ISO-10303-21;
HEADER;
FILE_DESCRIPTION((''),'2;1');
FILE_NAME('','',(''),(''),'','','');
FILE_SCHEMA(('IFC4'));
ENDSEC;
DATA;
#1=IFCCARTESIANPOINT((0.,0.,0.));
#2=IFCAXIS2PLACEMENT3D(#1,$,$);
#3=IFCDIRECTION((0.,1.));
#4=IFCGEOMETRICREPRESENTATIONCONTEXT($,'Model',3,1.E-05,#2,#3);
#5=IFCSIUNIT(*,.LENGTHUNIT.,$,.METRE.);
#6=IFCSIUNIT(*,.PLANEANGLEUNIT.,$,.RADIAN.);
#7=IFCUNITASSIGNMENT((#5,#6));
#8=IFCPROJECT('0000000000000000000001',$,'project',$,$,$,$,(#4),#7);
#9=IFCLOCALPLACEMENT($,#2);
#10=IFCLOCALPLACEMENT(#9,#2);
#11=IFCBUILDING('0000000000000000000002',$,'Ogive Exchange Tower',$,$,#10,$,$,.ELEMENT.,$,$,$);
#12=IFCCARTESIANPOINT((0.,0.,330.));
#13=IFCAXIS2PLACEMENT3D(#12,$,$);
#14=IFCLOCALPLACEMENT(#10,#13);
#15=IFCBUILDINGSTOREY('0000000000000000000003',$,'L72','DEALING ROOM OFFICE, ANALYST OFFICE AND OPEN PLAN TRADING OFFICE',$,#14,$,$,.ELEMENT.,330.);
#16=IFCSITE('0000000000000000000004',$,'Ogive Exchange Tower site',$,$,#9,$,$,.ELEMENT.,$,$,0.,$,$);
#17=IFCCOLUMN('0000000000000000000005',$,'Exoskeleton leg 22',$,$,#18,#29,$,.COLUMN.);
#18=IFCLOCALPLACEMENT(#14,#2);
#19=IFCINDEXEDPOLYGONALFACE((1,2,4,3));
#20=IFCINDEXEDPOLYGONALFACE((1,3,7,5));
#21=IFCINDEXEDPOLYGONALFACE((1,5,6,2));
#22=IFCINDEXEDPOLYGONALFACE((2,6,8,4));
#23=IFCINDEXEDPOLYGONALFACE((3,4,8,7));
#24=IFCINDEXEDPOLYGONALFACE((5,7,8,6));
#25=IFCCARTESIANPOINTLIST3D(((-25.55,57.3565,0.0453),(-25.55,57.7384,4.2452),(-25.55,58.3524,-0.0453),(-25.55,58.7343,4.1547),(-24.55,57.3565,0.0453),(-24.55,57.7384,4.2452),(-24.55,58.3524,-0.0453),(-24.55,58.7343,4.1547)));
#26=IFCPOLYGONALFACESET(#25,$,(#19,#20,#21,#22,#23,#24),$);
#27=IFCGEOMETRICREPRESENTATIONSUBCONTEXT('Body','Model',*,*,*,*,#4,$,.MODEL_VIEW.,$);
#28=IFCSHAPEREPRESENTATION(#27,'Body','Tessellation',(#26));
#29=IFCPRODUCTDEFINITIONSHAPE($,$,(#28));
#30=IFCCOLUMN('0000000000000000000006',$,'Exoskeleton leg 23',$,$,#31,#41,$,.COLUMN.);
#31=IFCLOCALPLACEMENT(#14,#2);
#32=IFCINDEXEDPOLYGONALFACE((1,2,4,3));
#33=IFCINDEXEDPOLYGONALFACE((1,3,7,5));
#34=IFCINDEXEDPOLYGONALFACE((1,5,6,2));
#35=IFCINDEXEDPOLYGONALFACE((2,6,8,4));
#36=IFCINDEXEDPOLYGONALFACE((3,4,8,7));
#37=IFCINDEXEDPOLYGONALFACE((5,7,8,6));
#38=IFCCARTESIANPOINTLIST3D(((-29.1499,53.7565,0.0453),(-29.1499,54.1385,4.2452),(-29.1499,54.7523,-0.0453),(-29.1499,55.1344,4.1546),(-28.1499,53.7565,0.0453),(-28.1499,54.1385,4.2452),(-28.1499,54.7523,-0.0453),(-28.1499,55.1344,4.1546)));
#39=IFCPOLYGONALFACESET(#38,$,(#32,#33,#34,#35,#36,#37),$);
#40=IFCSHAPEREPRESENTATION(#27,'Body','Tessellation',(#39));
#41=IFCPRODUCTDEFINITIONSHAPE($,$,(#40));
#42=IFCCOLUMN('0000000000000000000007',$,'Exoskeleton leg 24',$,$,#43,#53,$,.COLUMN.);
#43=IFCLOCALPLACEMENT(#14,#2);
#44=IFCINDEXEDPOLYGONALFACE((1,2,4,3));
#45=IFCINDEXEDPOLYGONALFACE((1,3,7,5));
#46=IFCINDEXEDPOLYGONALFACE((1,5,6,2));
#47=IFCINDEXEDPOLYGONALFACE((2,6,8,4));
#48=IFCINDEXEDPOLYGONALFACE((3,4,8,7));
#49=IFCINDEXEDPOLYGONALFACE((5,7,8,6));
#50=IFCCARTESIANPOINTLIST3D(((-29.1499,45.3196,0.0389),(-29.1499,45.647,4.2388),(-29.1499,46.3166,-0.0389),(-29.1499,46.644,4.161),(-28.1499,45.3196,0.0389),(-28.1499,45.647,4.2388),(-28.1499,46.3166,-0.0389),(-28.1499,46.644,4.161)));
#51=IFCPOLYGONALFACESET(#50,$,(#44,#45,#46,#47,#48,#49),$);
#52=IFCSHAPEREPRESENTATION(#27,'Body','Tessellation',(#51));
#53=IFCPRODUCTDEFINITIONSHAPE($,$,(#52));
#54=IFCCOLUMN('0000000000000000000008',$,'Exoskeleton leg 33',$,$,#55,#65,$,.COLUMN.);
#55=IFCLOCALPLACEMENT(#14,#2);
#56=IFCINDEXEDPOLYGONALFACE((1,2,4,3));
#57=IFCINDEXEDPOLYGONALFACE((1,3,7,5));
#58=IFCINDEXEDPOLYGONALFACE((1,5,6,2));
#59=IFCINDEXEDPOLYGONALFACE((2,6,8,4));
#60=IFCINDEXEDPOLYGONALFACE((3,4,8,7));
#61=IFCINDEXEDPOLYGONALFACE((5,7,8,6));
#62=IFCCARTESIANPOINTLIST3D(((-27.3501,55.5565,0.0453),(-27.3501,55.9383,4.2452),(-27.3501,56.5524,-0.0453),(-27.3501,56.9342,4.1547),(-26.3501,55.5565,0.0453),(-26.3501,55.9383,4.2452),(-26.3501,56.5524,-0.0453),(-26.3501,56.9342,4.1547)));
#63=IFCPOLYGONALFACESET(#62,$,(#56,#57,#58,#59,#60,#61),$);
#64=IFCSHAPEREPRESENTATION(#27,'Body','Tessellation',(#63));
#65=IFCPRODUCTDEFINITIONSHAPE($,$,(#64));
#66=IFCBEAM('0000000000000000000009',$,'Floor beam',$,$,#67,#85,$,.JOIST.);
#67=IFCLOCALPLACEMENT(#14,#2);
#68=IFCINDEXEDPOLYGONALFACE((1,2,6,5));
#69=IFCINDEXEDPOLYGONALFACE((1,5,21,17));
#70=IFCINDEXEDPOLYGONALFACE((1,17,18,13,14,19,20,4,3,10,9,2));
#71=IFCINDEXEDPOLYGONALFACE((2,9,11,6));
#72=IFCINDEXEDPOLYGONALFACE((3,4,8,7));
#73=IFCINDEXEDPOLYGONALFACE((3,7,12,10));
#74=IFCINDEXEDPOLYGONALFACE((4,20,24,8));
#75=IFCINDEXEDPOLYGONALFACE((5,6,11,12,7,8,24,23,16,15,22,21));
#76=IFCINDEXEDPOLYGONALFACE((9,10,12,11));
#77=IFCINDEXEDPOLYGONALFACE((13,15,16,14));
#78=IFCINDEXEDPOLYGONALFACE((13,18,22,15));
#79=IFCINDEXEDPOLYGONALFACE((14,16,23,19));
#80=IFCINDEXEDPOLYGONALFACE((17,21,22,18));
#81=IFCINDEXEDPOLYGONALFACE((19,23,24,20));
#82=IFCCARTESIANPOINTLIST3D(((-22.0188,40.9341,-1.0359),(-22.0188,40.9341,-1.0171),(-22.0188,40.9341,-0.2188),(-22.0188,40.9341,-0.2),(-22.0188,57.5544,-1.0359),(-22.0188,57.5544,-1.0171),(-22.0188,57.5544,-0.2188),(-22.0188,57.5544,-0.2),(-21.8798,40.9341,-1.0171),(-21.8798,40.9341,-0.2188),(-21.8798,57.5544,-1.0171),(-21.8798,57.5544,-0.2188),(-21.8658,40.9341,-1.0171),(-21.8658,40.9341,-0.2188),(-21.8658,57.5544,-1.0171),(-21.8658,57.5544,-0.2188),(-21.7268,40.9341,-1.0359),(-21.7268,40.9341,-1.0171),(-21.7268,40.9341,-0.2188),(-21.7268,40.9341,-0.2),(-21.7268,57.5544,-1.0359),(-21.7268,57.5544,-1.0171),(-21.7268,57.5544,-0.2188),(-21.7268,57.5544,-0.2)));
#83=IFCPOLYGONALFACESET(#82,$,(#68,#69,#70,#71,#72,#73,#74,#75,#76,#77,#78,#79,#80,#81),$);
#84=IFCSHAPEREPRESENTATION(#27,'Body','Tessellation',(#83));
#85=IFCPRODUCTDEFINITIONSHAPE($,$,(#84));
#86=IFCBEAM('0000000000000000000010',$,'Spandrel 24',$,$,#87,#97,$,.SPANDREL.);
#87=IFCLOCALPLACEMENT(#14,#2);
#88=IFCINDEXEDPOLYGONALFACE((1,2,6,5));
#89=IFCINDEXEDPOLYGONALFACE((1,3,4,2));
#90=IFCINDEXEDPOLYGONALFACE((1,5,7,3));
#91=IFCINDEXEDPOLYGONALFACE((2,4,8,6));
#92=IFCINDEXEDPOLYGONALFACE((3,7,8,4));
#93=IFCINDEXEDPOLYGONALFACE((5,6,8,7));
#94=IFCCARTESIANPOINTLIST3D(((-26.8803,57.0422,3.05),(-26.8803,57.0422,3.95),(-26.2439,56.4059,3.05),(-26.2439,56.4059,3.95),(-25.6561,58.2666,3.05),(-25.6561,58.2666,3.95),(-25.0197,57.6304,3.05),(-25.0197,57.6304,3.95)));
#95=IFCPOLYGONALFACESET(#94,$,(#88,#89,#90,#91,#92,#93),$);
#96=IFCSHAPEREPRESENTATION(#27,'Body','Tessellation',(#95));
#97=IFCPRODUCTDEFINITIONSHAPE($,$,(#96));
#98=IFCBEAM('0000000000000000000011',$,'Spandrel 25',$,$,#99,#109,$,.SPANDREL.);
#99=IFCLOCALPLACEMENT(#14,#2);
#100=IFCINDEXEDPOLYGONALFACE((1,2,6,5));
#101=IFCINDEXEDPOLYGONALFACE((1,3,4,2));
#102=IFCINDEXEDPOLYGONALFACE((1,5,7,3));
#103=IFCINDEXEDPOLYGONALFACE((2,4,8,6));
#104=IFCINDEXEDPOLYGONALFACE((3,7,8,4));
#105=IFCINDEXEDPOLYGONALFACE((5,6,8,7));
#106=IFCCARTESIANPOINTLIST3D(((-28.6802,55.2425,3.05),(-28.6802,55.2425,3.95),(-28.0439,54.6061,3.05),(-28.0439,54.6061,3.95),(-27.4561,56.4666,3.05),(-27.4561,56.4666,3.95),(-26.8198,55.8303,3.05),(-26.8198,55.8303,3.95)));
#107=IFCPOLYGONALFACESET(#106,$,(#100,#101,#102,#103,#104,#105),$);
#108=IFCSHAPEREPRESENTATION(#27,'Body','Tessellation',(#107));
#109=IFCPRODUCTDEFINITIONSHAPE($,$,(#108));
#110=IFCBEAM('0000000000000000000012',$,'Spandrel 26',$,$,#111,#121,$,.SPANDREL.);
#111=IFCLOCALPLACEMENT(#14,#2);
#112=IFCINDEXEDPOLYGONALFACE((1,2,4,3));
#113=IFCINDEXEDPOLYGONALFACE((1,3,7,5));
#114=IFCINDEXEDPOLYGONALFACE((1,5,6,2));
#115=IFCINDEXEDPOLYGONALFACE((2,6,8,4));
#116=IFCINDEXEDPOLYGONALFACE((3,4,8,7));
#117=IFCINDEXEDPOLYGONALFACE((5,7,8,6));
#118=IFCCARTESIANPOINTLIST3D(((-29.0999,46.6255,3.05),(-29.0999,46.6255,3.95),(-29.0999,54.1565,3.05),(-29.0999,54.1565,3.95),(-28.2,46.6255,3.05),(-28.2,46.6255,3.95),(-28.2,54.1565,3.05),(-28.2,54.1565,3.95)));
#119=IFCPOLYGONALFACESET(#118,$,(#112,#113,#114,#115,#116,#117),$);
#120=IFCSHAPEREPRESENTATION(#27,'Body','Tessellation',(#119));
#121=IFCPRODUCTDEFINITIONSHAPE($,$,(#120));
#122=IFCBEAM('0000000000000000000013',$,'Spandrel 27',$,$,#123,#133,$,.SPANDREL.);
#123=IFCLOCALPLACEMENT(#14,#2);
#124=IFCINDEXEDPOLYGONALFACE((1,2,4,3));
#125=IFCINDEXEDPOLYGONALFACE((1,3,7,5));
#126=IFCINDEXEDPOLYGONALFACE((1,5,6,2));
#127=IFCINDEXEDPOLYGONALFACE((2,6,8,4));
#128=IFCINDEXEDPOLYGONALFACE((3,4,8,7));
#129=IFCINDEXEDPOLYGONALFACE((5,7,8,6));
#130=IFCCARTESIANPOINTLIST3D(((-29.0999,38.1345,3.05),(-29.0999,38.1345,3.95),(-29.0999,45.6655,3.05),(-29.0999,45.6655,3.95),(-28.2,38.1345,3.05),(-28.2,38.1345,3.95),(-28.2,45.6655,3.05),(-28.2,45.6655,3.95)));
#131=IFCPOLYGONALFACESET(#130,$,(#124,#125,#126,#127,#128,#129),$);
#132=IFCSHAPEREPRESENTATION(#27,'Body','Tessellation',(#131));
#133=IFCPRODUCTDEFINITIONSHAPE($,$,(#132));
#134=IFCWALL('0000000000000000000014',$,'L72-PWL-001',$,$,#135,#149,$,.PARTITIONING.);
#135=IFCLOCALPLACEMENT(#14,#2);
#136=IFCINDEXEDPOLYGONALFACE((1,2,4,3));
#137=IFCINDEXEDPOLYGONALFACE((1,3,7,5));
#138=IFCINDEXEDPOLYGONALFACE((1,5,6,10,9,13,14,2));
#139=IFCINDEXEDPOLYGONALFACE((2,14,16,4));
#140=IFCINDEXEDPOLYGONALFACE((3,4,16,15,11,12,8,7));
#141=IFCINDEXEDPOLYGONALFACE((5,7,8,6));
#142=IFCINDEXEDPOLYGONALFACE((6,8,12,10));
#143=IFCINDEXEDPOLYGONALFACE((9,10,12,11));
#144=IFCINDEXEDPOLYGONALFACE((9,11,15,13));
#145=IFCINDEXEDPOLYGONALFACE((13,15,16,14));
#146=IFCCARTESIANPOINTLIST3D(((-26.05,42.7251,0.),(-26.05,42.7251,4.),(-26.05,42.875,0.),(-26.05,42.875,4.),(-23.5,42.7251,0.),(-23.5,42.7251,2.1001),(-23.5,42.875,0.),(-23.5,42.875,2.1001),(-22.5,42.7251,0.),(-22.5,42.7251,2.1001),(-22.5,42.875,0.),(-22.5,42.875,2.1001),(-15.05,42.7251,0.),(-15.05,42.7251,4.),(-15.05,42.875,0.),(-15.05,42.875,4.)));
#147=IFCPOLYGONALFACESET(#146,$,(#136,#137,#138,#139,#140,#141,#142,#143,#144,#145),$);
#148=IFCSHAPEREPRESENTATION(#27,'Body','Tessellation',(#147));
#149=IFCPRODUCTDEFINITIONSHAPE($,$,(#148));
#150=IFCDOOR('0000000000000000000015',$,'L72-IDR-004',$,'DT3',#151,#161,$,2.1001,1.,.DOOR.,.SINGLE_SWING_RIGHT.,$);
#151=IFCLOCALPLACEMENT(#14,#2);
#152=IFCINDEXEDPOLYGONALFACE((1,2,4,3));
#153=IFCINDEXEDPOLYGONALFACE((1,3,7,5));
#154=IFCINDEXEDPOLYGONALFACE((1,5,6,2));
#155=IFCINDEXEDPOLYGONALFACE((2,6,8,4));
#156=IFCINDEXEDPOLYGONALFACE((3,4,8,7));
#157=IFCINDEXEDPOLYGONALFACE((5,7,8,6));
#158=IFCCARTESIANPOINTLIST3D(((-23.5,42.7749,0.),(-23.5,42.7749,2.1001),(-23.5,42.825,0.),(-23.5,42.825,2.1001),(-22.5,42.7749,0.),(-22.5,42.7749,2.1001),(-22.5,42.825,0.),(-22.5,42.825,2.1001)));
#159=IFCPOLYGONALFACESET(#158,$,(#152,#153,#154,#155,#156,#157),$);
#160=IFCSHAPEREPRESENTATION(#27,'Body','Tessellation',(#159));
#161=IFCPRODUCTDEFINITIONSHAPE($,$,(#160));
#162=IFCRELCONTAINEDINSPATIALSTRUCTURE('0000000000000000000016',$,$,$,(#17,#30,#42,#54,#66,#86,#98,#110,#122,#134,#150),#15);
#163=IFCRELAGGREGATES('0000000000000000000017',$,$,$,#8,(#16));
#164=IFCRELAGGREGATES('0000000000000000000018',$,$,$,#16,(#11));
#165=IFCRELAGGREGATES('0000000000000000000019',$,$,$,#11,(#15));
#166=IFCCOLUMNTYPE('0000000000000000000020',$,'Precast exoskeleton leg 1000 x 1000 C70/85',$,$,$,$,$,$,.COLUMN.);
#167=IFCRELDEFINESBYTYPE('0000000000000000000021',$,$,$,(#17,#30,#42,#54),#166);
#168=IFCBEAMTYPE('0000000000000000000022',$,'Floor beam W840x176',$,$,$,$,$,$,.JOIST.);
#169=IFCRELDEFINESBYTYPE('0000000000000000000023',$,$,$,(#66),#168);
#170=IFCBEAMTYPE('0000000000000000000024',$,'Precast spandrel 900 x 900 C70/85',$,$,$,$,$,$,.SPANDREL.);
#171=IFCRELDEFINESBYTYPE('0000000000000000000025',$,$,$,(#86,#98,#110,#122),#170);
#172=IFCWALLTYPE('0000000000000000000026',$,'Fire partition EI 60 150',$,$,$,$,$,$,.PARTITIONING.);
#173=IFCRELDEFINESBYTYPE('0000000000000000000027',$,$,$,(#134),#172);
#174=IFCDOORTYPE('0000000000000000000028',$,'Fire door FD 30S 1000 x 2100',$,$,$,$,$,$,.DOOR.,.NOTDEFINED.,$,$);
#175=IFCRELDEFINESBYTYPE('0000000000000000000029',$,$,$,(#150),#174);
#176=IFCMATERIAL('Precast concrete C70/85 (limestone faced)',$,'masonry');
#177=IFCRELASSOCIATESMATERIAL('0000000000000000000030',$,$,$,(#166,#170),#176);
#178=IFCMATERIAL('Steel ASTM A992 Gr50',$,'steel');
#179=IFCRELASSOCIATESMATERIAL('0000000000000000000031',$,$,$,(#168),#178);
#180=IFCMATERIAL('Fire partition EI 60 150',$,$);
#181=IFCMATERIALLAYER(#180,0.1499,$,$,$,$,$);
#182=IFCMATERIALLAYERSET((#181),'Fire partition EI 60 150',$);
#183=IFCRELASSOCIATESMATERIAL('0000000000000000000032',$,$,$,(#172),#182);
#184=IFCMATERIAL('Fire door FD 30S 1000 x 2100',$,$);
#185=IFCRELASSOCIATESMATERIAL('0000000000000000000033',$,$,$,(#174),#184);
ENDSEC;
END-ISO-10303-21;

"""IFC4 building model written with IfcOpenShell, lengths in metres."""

from ifc_helpers import new_model, si_unit, direction, frame, frame_2d, origin, origin_2d, place, context, subcontext, project, spatial, rectangle, i_section, extrude, material, layer, layer_set, material_profile, profile_set, type_object, element, fill, save


model = new_model("IFC4")

# Units and contexts
model_context = context("Model", 3, precision=1e-05, world=origin(), true_north=direction((0.0, 1.0)))
body_context = subcontext(model_context, "Body", "Model", "MODEL_VIEW")
ifc_project = project(units=[si_unit("LENGTHUNIT", "METRE"), si_unit("PLANEANGLEUNIT", "RADIAN")], contexts=[model_context])

# Site, building, storey
site_placement = place(None, origin())
site = spatial("IfcSite", under=ifc_project, at=site_placement, Name="Ogive Exchange Tower site", CompositionType="ELEMENT", RefElevation=0.0)
building_placement = place(site_placement, origin())
building = spatial("IfcBuilding", under=site, at=building_placement, Name="Ogive Exchange Tower", CompositionType="ELEMENT")
storey_placement = place(building_placement, frame((0.0, 0.0, 330.0)))
storey = spatial("IfcBuildingStorey", under=building, at=storey_placement, Name="L72", Description="DEALING ROOM OFFICE, ANALYST OFFICE AND OPEN PLAN TRADING OFFICE", CompositionType="ELEMENT", Elevation=330.0)

# Columns
ifc_material_1 = material(Name="Precast concrete C70/85 (limestone faced)", Category="masonry")
ifc_material_profile_1 = material_profile(ifc_material_1, rectangle(XDim=1.0, YDim=1.0, at=origin_2d()), Name="1000 x 1000")
ifc_profile_set_1 = profile_set([ifc_material_profile_1], Name="Precast concrete C70/85 (limestone faced)")
column_type = type_object("IfcColumnType", Name="Precast exoskeleton leg 1000 x 1000 C70/85", PredefinedType="COLUMN", material=ifc_profile_set_1)
for number, where, z_axis, x_axis, name in (
    (1, (-25.05, 57.8545, 0.0), (0.0, 0.090541, 0.995893), (-1.0, 0.0, 0.0), "Exoskeleton leg 22"),
    (2, (-28.6499, 54.2544, 0.0), (0.0, 0.090598, 0.995888), (-1.0, 0.0, 0.0), "Exoskeleton leg 23"),
):
    element("IfcColumn", number, at=place(storey_placement, frame(where, z_axis=z_axis, x_axis=x_axis)), inside=storey, type_object=column_type, Name=name, PredefinedType="COLUMN", context=body_context, shape_type="SweptSolid", body=[
        extrude(rectangle(XDim=1.0, YDim=1.0, at=origin_2d()), origin(), (0.0, 0.0, 1.0), 4.2173),
    ])
column_1_placement = place(storey_placement, frame((-28.6499, 45.8181, 0.0), z_axis=(0.0, 0.077716, 0.996976), x_axis=(-1.0, 0.0, 0.0)))
element("IfcColumn", 3, at=column_1_placement, inside=storey, type_object=column_type, Name="Exoskeleton leg 24", PredefinedType="COLUMN", context=body_context, shape_type="SweptSolid", body=[
    extrude(rectangle(XDim=1.0, YDim=1.0, at=origin_2d()), origin(), (0.0, 0.0, 1.0), 4.2126),
])
column_2_placement = place(storey_placement, frame((-26.8501, 56.0544, 0.0), z_axis=(0.0, 0.090541, 0.995893), x_axis=(-1.0, 0.0, 0.0)))
element("IfcColumn", 4, at=column_2_placement, inside=storey, type_object=column_type, Name="Exoskeleton leg 33", PredefinedType="COLUMN", context=body_context, shape_type="SweptSolid", body=[
    extrude(rectangle(XDim=1.0, YDim=1.0, at=origin_2d()), origin(), (0.0, 0.0, 1.0), 4.2173),
])

# Beams
ifc_material_2 = material(Name="Steel ASTM A992 Gr50", Category="steel")
ifc_material_profile_2 = material_profile(ifc_material_2, i_section(OverallWidth=0.292, OverallDepth=0.8359, WebThickness=0.0139, FlangeThickness=0.0188, at=origin_2d()), Name="W840x176")
ifc_profile_set_2 = profile_set([ifc_material_profile_2], Name="Steel ASTM A992 Gr50")
beam_type_1 = type_object("IfcBeamType", Name="Floor beam W840x176", PredefinedType="JOIST", material=ifc_profile_set_2)
beam_1_placement = place(storey_placement, frame((-21.8728, 40.9341, -0.6179), z_axis=(0.0, 1.0, 0.0), x_axis=(-1.0, 0.0, 0.0)))
element("IfcBeam", 5, at=beam_1_placement, inside=storey, type_object=beam_type_1, Name="Floor beam", PredefinedType="JOIST", context=body_context, shape_type="SweptSolid", body=[
    extrude(i_section(OverallWidth=0.292, OverallDepth=0.8359, WebThickness=0.0139, FlangeThickness=0.0188, at=origin_2d()), origin(), (0.0, 0.0, 1.0), 16.6204),
])
ifc_material_profile_3 = material_profile(ifc_material_1, rectangle(XDim=0.8999, YDim=0.8999, at=origin_2d()), Name="900 x 900")
ifc_profile_set_3 = profile_set([ifc_material_profile_3], Name="Precast concrete C70/85 (limestone faced)")
beam_type_2 = type_object("IfcBeamType", Name="Precast spandrel 900 x 900 C70/85", PredefinedType="SPANDREL", material=ifc_profile_set_3)
beam_2_placement = place(storey_placement, frame((-25.3379, 57.9485, 3.5), z_axis=(-0.707036, -0.707177, 0.0), x_axis=(0.707177, -0.707036, 0.0)))
element("IfcBeam", 6, at=beam_2_placement, inside=storey, type_object=beam_type_2, Name="Spandrel 24", PredefinedType="SPANDREL", context=body_context, shape_type="SweptSolid", body=[
    extrude(rectangle(XDim=0.8999, YDim=0.8999, at=origin_2d()), origin(), (0.0, 0.0, 1.0), 1.7314),
])
beam_3_placement = place(storey_placement, frame((-27.1379, 56.1484, 3.5), z_axis=(-0.707107, -0.707107, 0.0), x_axis=(0.707107, -0.707107, 0.0)))
element("IfcBeam", 7, at=beam_3_placement, inside=storey, type_object=beam_type_2, Name="Spandrel 25", PredefinedType="SPANDREL", context=body_context, shape_type="SweptSolid", body=[
    extrude(rectangle(XDim=0.8999, YDim=0.8999, at=origin_2d()), origin(), (0.0, 0.0, 1.0), 1.7312),
])
for number, where, z_axis, x_axis, name in (
    (8, (-28.6499, 54.1565, 3.5), (0.0, -1.0, 0.0), (1.0, 0.0, 0.0), "Spandrel 26"),
    (9, (-28.6499, 45.6655, 3.5), (0.0, -1.0, 0.0), (1.0, 0.0, 0.0), "Spandrel 27"),
):
    element("IfcBeam", number, at=place(storey_placement, frame(where, z_axis=z_axis, x_axis=x_axis)), inside=storey, type_object=beam_type_2, Name=name, PredefinedType="SPANDREL", context=body_context, shape_type="SweptSolid", body=[
        extrude(rectangle(XDim=0.8999, YDim=0.8999, at=origin_2d()), origin(), (0.0, 0.0, 1.0), 7.531),
    ])

# Wall, opening, door
ifc_material_3 = material(Name="Fire partition EI 60 150")
ifc_layer_1 = layer(ifc_material_3, 0.1499)
ifc_layer_set_1 = layer_set([ifc_layer_1], Name="Fire partition EI 60 150")
wall_type_1 = type_object("IfcWallType", Name="Fire partition EI 60 150", PredefinedType="PARTITIONING", material=ifc_layer_set_1)
wall_1_placement = place(storey_placement, frame((-26.05, 42.8, 0.0), z_axis=(0.0, 0.0, 1.0), x_axis=(1.0, 0.0, 0.0)))
wall_1 = element("IfcWall", 10, at=wall_1_placement, inside=storey, type_object=wall_type_1, Name="L72-PWL-001", PredefinedType="PARTITIONING", context=body_context, shape_type="SweptSolid", body=[
    extrude(rectangle(XDim=11.0, YDim=0.1499, at=frame_2d((5.5, 0.0))), origin(), (0.0, 0.0, 1.0), 4.0),
])
opening_1_placement = place(wall_1_placement, frame((2.55, 0.0, 0.0)))
opening_1 = element("IfcOpeningElement", 11, at=opening_1_placement, cuts=wall_1, PredefinedType="OPENING", context=body_context, shape_type="SweptSolid", body=[
    extrude(rectangle(XDim=1.0, YDim=2.1001, at=frame_2d((0.5, 1.05))), frame((0.0, 0.085, 0.0), z_axis=(0.0, -1.0, 0.0), x_axis=(1.0, 0.0, 0.0)), (0.0, 0.0, 1.0), 0.1699),
])
ifc_material_4 = material(Name="Fire door FD 30S 1000 x 2100")
door_type_1 = type_object("IfcDoorType", Name="Fire door FD 30S 1000 x 2100", OperationType="NOTDEFINED", PredefinedType="DOOR", material=ifc_material_4)
door_1_placement = place(opening_1_placement, origin())
door_1 = element("IfcDoor", 12, at=door_1_placement, inside=storey, type_object=door_type_1, Name="L72-IDR-004", ObjectType="DT3", OperationType="SINGLE_SWING_RIGHT", OverallHeight=2.1001, OverallWidth=1.0, PredefinedType="DOOR", context=body_context, shape_type="SweptSolid", body=[
    extrude(rectangle(XDim=1.0, YDim=2.1001, at=frame_2d((0.5, 1.05))), frame((0.0, 0.0249, 0.0), z_axis=(0.0, -1.0, 0.0), x_axis=(1.0, 0.0, 0.0)), (0.0, 0.0, 1.0), 0.05),
])
fill(opening_1, door_1)

save(model, "model.ifc")
